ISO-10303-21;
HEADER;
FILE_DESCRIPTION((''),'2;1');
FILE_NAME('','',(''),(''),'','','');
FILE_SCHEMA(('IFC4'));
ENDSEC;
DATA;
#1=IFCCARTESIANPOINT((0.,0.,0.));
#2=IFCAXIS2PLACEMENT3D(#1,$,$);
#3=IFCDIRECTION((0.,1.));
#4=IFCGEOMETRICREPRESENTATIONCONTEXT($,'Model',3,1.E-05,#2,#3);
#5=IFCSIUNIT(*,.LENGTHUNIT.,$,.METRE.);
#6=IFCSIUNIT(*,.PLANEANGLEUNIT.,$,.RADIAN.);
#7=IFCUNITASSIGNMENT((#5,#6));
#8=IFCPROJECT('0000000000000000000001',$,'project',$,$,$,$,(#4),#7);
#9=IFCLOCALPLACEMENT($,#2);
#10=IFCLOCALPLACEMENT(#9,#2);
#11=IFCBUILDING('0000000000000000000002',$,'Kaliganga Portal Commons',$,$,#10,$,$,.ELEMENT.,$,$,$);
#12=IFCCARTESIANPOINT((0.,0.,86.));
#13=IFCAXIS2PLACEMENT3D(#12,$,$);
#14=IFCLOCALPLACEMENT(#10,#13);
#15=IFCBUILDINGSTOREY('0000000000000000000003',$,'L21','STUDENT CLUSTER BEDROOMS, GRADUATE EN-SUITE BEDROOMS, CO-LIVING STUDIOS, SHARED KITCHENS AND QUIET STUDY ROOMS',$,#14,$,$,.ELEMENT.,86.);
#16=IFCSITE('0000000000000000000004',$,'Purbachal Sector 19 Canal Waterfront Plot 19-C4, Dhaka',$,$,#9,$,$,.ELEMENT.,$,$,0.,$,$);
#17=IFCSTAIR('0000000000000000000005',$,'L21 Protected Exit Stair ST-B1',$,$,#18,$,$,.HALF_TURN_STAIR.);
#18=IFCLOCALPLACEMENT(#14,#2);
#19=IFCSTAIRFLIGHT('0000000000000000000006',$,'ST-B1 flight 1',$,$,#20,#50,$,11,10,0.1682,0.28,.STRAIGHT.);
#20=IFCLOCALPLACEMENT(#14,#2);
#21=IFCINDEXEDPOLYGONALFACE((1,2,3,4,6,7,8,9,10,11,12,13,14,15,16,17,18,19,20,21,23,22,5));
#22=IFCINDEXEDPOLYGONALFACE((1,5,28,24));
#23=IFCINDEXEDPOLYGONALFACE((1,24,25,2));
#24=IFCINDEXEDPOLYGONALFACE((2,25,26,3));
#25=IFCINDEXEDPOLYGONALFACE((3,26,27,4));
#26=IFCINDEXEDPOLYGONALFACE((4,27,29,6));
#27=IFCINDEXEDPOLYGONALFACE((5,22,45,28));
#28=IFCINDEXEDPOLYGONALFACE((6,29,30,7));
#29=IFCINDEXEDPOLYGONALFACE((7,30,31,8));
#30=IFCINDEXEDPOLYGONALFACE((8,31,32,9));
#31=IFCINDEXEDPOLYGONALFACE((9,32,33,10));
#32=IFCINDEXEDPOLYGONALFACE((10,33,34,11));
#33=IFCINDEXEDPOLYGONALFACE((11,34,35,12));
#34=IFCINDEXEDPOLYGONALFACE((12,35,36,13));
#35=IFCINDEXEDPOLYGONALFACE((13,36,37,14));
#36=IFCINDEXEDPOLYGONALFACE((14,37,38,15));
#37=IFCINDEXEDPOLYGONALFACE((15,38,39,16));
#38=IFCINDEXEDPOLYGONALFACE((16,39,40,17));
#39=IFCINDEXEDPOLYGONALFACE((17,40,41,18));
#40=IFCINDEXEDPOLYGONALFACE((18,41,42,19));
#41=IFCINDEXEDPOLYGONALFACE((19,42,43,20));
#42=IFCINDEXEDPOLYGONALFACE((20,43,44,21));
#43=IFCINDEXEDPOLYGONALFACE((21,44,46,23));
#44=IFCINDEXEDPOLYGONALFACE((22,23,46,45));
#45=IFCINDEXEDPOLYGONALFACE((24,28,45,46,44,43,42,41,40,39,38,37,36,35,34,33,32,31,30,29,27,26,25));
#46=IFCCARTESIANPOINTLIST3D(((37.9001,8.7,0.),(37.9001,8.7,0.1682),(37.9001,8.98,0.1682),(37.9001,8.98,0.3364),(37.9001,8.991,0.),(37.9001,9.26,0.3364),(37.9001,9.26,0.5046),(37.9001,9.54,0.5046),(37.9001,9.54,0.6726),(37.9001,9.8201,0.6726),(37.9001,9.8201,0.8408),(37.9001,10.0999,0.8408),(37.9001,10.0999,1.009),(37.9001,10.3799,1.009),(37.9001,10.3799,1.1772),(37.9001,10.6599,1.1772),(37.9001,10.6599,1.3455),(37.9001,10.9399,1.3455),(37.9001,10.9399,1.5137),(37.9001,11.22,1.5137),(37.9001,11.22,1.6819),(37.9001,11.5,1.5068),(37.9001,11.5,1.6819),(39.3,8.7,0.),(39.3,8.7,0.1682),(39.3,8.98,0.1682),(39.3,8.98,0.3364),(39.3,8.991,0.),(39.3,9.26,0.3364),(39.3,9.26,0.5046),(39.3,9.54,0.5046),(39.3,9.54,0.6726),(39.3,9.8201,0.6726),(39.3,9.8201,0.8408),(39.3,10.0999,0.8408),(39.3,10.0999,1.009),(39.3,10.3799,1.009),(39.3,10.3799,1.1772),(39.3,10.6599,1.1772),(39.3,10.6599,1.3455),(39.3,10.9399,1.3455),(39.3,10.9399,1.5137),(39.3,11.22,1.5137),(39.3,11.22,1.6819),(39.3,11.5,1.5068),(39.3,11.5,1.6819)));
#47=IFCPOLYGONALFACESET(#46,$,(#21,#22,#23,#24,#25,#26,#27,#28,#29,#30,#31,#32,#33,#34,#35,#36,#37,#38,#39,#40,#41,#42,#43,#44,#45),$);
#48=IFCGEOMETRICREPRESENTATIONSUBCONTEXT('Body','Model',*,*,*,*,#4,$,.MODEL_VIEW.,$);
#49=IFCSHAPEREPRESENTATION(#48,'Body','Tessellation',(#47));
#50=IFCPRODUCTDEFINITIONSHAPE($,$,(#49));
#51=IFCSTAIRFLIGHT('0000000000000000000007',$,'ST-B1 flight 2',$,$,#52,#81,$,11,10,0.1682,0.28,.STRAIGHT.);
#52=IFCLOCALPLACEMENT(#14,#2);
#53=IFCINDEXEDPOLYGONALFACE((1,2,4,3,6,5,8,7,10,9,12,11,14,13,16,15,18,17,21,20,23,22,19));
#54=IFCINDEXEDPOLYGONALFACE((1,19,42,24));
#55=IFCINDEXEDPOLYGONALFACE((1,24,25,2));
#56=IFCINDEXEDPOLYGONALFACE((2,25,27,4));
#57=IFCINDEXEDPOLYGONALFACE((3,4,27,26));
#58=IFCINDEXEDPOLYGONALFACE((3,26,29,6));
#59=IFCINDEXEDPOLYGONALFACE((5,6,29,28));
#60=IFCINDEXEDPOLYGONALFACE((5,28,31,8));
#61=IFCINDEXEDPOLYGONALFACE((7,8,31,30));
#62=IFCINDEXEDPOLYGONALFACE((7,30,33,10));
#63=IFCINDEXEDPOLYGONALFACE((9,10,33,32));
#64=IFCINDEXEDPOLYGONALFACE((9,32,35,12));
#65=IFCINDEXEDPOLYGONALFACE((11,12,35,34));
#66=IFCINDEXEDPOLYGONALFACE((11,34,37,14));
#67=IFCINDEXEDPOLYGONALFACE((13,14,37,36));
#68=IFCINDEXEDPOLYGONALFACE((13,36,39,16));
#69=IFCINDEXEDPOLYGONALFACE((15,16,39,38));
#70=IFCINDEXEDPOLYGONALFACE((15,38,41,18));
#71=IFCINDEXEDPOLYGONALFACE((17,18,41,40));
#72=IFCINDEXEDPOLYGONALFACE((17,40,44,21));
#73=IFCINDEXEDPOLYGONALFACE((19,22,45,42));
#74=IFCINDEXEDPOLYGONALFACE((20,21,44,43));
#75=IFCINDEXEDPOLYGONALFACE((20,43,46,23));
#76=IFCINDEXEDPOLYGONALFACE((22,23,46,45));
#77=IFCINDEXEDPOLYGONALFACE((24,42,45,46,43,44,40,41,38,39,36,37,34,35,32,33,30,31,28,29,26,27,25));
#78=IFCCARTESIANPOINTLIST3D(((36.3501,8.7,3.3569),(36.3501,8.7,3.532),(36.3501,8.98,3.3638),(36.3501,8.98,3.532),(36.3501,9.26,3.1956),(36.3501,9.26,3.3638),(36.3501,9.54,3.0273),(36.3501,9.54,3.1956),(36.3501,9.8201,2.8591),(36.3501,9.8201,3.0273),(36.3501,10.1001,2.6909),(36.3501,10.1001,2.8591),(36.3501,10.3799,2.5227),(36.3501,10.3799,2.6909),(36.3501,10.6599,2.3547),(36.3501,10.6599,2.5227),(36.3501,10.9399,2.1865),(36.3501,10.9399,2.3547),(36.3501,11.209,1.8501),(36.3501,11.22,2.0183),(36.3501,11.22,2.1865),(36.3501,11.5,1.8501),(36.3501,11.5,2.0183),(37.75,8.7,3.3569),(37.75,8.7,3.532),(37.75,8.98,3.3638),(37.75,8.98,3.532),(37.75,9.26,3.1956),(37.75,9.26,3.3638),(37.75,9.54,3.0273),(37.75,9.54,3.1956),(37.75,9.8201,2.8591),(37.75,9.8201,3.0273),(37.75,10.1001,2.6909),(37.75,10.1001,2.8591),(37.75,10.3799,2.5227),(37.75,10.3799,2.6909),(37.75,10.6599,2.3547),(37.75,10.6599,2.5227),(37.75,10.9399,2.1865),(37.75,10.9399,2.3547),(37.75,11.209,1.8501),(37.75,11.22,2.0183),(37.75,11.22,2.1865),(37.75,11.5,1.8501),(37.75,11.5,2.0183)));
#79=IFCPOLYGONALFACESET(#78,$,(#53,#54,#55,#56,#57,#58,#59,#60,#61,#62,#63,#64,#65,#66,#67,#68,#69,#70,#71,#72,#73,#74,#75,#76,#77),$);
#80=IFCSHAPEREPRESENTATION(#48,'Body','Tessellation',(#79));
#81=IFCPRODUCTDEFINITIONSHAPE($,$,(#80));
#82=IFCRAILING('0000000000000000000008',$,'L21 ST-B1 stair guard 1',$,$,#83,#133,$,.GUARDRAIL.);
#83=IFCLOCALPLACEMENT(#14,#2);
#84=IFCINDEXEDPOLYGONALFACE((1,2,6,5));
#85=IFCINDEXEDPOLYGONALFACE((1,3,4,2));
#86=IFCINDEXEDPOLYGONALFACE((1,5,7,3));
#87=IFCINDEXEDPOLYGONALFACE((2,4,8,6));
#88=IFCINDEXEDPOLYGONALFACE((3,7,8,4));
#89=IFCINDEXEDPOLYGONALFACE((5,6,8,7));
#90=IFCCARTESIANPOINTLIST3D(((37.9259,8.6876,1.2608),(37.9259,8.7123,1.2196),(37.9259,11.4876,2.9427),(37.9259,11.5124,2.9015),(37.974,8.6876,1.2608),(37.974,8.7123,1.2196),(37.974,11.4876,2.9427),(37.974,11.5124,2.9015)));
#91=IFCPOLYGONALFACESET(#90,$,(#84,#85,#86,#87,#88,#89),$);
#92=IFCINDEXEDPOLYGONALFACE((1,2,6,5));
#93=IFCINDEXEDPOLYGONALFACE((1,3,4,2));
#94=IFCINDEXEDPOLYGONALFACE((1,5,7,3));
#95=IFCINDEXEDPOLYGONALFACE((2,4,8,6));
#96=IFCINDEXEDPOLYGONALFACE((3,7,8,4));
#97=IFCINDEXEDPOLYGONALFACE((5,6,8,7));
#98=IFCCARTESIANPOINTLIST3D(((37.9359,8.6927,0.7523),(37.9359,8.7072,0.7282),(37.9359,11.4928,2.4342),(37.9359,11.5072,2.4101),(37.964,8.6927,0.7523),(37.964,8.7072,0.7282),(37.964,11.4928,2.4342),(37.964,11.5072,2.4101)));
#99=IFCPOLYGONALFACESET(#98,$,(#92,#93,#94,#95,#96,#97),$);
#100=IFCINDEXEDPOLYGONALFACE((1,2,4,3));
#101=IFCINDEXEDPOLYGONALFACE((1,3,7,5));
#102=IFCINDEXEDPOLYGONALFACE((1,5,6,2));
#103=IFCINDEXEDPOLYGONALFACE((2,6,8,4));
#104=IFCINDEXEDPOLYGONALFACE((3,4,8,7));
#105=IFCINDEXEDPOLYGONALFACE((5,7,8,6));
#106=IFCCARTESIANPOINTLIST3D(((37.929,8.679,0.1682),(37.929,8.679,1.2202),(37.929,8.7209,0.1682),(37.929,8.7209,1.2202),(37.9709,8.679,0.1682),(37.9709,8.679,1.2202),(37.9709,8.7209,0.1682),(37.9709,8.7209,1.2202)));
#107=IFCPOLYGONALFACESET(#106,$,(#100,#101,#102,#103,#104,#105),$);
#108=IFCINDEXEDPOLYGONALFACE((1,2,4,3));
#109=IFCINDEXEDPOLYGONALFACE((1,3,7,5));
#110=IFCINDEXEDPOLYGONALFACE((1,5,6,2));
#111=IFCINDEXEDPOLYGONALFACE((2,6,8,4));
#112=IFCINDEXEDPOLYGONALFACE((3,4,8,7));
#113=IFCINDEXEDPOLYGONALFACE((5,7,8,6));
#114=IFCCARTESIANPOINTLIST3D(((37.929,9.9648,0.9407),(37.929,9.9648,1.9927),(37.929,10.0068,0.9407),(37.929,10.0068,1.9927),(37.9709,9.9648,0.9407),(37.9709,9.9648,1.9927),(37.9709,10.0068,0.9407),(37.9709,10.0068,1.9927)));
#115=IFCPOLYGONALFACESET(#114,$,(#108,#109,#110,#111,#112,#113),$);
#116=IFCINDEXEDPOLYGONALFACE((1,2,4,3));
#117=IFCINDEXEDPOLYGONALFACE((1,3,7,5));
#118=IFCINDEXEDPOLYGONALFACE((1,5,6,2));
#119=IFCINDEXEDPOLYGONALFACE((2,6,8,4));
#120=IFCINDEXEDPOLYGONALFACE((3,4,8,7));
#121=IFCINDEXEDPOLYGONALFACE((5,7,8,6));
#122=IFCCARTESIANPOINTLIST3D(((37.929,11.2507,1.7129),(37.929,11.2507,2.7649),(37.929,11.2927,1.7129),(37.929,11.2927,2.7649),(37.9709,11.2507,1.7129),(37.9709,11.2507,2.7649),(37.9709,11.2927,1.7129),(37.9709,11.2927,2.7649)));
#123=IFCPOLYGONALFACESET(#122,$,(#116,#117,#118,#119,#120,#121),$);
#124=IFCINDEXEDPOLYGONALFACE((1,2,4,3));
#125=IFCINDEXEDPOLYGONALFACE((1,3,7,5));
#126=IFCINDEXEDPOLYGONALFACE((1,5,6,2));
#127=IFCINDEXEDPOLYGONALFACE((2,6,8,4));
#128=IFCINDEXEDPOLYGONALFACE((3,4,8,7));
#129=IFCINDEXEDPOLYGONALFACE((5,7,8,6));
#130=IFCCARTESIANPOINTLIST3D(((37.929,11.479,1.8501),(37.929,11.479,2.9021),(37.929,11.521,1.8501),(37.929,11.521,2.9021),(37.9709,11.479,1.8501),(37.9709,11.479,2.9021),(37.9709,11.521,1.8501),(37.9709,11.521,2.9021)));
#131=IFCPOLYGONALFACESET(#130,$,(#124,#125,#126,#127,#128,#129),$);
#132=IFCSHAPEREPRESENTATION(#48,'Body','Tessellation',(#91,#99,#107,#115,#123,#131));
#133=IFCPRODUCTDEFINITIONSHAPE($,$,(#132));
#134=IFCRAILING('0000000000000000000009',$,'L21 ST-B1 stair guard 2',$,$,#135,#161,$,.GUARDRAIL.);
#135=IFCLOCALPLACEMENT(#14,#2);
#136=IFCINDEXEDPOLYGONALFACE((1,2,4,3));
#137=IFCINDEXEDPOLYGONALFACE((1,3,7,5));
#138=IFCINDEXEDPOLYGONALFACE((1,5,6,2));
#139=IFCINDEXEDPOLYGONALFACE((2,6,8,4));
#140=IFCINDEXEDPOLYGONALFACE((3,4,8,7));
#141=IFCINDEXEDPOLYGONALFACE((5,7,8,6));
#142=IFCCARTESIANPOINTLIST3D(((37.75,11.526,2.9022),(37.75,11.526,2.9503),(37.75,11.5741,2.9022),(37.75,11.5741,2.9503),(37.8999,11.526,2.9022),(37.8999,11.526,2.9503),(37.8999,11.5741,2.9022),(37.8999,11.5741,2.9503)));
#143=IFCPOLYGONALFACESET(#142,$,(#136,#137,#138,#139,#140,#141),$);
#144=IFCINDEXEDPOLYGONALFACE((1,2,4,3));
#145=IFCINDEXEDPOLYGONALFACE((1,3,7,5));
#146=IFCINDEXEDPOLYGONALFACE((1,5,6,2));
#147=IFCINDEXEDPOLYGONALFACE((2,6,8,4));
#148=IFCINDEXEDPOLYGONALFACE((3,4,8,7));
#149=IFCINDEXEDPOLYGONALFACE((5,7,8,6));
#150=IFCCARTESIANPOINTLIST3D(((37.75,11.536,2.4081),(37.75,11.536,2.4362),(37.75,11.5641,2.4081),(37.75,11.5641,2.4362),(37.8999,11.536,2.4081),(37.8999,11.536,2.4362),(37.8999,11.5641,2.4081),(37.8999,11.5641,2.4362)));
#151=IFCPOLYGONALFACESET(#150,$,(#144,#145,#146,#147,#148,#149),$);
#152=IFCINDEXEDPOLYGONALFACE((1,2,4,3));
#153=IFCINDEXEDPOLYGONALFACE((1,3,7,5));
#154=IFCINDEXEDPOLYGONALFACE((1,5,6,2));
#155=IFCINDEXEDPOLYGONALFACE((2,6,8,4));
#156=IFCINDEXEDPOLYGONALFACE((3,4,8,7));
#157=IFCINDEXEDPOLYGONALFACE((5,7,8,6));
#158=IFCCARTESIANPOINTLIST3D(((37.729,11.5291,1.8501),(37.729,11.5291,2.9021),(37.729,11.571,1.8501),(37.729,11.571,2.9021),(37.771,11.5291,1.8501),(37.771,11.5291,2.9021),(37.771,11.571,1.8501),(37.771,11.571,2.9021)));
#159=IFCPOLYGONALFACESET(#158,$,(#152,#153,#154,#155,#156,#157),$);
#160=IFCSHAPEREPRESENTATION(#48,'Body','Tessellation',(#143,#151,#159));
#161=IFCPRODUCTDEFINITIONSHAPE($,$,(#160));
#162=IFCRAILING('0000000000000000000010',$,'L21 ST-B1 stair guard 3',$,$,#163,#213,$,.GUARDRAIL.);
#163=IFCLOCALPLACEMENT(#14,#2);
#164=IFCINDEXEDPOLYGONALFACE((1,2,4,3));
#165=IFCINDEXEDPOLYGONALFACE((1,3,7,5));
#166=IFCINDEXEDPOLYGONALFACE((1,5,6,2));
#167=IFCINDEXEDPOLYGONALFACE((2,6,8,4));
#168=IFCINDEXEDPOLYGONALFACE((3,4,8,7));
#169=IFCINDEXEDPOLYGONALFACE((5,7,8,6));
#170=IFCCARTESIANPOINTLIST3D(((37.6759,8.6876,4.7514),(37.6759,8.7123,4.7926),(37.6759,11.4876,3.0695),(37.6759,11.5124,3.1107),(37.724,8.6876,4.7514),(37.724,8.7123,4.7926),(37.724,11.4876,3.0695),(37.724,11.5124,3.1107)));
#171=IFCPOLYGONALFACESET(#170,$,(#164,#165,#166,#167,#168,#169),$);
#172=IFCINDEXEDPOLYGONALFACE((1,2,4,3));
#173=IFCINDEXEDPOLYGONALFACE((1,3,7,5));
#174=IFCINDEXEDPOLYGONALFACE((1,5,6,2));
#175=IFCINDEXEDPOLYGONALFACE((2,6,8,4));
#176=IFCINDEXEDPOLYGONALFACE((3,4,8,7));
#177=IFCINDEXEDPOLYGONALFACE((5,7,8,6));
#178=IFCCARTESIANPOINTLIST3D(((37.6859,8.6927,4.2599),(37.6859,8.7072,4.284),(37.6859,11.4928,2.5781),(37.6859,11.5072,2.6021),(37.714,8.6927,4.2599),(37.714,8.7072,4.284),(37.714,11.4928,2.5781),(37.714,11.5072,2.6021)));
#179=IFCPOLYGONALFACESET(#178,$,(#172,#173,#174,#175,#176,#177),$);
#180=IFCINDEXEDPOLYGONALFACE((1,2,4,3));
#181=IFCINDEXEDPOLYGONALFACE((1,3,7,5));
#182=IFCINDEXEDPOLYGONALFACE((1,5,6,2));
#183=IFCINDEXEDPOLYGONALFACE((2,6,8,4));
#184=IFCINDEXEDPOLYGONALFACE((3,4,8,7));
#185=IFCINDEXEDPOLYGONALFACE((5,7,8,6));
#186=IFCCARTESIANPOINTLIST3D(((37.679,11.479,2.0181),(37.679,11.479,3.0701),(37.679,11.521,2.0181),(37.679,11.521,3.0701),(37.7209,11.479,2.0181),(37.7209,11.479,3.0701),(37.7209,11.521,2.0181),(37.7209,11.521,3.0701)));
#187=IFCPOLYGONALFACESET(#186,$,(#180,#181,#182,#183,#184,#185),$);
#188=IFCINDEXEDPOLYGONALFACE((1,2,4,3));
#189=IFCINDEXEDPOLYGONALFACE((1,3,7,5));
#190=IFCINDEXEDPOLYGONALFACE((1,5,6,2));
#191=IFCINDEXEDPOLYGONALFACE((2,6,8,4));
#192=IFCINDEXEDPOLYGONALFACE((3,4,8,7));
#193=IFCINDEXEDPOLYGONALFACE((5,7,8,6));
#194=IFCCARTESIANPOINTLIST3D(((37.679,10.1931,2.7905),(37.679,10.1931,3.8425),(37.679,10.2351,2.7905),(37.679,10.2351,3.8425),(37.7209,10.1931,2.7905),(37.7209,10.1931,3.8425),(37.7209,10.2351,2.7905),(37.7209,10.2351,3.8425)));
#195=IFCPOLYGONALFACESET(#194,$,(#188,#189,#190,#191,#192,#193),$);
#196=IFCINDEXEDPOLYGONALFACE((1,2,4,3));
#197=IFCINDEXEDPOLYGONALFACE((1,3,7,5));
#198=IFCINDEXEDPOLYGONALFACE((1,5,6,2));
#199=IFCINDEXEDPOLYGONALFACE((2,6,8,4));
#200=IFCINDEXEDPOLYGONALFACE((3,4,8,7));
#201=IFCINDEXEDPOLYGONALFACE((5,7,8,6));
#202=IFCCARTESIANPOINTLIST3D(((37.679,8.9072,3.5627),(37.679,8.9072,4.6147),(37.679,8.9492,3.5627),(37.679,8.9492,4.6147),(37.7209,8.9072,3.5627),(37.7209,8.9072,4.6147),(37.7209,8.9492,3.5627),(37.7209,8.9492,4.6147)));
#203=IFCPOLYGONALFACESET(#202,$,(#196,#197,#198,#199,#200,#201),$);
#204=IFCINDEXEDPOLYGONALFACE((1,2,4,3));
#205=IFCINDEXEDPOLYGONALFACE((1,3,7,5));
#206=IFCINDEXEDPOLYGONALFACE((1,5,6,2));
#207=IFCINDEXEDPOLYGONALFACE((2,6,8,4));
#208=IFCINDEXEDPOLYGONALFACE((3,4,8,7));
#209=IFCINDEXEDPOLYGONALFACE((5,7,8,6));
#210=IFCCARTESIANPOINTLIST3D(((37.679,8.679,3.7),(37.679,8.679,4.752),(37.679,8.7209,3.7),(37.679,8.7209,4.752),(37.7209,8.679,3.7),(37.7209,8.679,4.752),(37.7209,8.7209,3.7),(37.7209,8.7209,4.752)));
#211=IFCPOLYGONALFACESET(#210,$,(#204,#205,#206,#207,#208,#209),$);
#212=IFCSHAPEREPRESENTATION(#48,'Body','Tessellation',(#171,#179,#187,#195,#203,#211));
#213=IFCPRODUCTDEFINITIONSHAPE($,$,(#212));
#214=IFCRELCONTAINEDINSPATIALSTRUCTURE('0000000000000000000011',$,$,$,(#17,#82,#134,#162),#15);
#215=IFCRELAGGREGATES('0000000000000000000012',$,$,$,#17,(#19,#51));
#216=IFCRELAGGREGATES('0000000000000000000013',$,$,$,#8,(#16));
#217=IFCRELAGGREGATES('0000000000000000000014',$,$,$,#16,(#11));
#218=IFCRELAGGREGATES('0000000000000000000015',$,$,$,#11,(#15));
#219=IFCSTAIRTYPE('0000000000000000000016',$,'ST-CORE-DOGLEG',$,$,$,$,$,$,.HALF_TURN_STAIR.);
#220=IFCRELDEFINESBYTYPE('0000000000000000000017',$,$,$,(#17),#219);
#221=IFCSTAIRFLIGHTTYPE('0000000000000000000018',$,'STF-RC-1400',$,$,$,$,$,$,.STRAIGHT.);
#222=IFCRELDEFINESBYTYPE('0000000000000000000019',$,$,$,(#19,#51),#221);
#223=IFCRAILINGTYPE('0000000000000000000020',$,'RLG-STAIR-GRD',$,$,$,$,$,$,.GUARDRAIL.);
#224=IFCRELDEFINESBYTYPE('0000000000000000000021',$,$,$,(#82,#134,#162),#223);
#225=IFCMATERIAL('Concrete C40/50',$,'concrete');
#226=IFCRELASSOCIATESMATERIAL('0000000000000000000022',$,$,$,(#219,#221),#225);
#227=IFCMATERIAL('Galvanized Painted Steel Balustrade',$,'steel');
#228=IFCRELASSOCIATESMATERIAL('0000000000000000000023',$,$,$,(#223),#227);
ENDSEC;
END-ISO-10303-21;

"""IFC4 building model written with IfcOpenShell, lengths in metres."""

from ifc_helpers import new_model, si_unit, direction, frame, origin, origin_2d, place, context, subcontext, project, spatial, polyline, rectangle, outline, extrude, material, type_object, element, aggregate, save


model = new_model("IFC4")

# Units and contexts
model_context = context("Model", 3, precision=1e-05, world=origin(), true_north=direction((0.0, 1.0)))
body_context = subcontext(model_context, "Body", "Model", "MODEL_VIEW")
ifc_project = project(units=[si_unit("LENGTHUNIT", "METRE"), si_unit("PLANEANGLEUNIT", "RADIAN")], contexts=[model_context])

# Site, building, storey
site_placement = place(None, origin())
site = spatial("IfcSite", under=ifc_project, at=site_placement, Name="Purbachal Sector 19 Canal Waterfront Plot 19-C4, Dhaka", CompositionType="ELEMENT", RefElevation=0.0)
building_placement = place(site_placement, origin())
building = spatial("IfcBuilding", under=site, at=building_placement, Name="Kaliganga Portal Commons", CompositionType="ELEMENT")
storey_placement = place(building_placement, frame((0.0, 0.0, 86.0)))
storey = spatial("IfcBuildingStorey", under=building, at=storey_placement, Name="L21", Description="STUDENT CLUSTER BEDROOMS, GRADUATE EN-SUITE BEDROOMS, CO-LIVING STUDIOS, SHARED KITCHENS AND QUIET STUDY ROOMS", CompositionType="ELEMENT", Elevation=86.0)

# Stair, stair flights
ifc_material_1 = material(Name="Concrete C40/50", Category="concrete")
stair_type = type_object("IfcStairType", Name="ST-CORE-DOGLEG", PredefinedType="HALF_TURN_STAIR", material=ifc_material_1)
stair_placement = place(storey_placement, origin())
stair = element("IfcStair", 1, at=stair_placement, inside=storey, type_object=stair_type, Name="L21 Protected Exit Stair ST-B1", PredefinedType="HALF_TURN_STAIR")
stair_flight_type = type_object("IfcStairFlightType", Name="STF-RC-1400", PredefinedType="STRAIGHT", material=ifc_material_1)
stair_flight_1_placement = place(storey_placement, frame((38.6001, 8.7, 0.0), z_axis=(0.0, 0.0, 1.0), x_axis=(0.0, 1.0, 0.0)))
stair_flight_1 = element("IfcStairFlight", 2, at=stair_flight_1_placement, type_object=stair_flight_type, Name="ST-B1 flight 1", NumberOfRisers=11, NumberOfTreads=10, PredefinedType="STRAIGHT", RiserHeight=0.1682, TreadLength=0.28, context=body_context, shape_type="SweptSolid", body=[
    extrude(outline(polyline([(0.0, 0.0), (0.0, 0.1682), (0.28, 0.1682), (0.28, 0.3364), (0.5601, 0.3364), (0.5601, 0.5046), (0.8401, 0.5046), (0.8401, 0.6726), (1.1201, 0.6726), (1.1201, 0.8408), (1.3999, 0.8408), (1.3999, 1.009), (1.6799, 1.009), (1.6799, 1.1772), (1.96, 1.1772), (1.96, 1.3455), (2.24, 1.3455), (2.24, 1.5137), (2.52, 1.5137), (2.52, 1.6819), (2.8, 1.6819), (2.8, 1.8501), (2.8, 1.5068), (0.291, 0.0), (0.0, 0.0)])), frame((0.0, 0.7, 0.0), z_axis=(0.0, -1.0, 0.0), x_axis=(1.0, 0.0, 0.0)), (0.0, 0.0, 1.0), 1.3999),
])
stair_flight_2_placement = place(storey_placement, frame((37.05, 11.5, 1.8501), z_axis=(0.0, 0.0, 1.0), x_axis=(0.0, -1.0, 0.0)))
stair_flight_2 = element("IfcStairFlight", 3, at=stair_flight_2_placement, type_object=stair_flight_type, Name="ST-B1 flight 2", NumberOfRisers=11, NumberOfTreads=10, PredefinedType="STRAIGHT", RiserHeight=0.1682, TreadLength=0.28, context=body_context, shape_type="SweptSolid", body=[
    extrude(outline(polyline([(0.0, 0.0), (0.0, 0.1682), (0.28, 0.1682), (0.28, 0.3364), (0.5601, 0.3364), (0.5601, 0.5046), (0.8401, 0.5046), (0.8401, 0.6726), (1.1201, 0.6726), (1.1201, 0.8408), (1.3999, 0.8408), (1.3999, 1.009), (1.6799, 1.009), (1.6799, 1.1772), (1.96, 1.1772), (1.96, 1.3455), (2.24, 1.3455), (2.24, 1.5137), (2.52, 1.5137), (2.52, 1.6819), (2.8, 1.6819), (2.8, 1.8501), (2.8, 1.5068), (0.291, 0.0), (0.0, 0.0)])), frame((0.0, 0.7, 0.0), z_axis=(0.0, -1.0, 0.0), x_axis=(1.0, 0.0, 0.0)), (0.0, 0.0, 1.0), 1.3999),
])
aggregate(stair, [stair_flight_1, stair_flight_2])

# Railings
ifc_material_2 = material(Name="Galvanized Painted Steel Balustrade", Category="steel")
railing_type_1 = type_object("IfcRailingType", Name="RLG-STAIR-GRD", PredefinedType="GUARDRAIL", material=ifc_material_2)
railing_1_placement = place(storey_placement, frame((37.95, 8.7, 0.1682)))
element("IfcRailing", 4, at=railing_1_placement, inside=storey, type_object=railing_type_1, Name="L21 ST-B1 stair guard 1", PredefinedType="GUARDRAIL", context=body_context, shape_type="SweptSolid", body=[
    extrude(rectangle(XDim=0.0481, YDim=0.0481, at=origin_2d()), frame((0.0, 0.0, 1.072), z_axis=(0.0, 0.857242, 0.514913), x_axis=(-1.0, 0.0, 0.0)), (0.0, 0.0, 1.0), 3.2664),
    extrude(rectangle(XDim=0.0281, YDim=0.0281, at=origin_2d()), frame((0.0, 0.0, 0.572), z_axis=(0.0, 0.857242, 0.514913), x_axis=(-1.0, 0.0, 0.0)), (0.0, 0.0, 1.0), 3.2664),
    extrude(rectangle(XDim=0.042, YDim=0.042, at=origin_2d()), origin(), (0.0, 0.0, 1.0), 1.052),
    extrude(rectangle(XDim=0.042, YDim=0.042, at=origin_2d()), frame((0.0, 1.2859, 0.7725)), (0.0, 0.0, 1.0), 1.052),
    extrude(rectangle(XDim=0.042, YDim=0.042, at=origin_2d()), frame((0.0, 2.5718, 1.5447)), (0.0, 0.0, 1.0), 1.052),
    extrude(rectangle(XDim=0.042, YDim=0.042, at=origin_2d()), frame((0.0, 2.8, 1.6819)), (0.0, 0.0, 1.0), 1.052),
])
railing_2_placement = place(storey_placement, frame((37.8999, 11.55, 1.8501)))
element("IfcRailing", 5, at=railing_2_placement, inside=storey, type_object=railing_type_1, Name="L21 ST-B1 stair guard 2", PredefinedType="GUARDRAIL", context=body_context, shape_type="SweptSolid", body=[
    extrude(rectangle(XDim=0.0481, YDim=0.0481, at=origin_2d()), frame((0.0, 0.0, 1.0762), z_axis=(-1.0, 0.0, 0.0), x_axis=(0.0, -1.0, 0.0)), (0.0, 0.0, 1.0), 0.1499),
    extrude(rectangle(XDim=0.0281, YDim=0.0281, at=origin_2d()), frame((0.0, 0.0, 0.572), z_axis=(-1.0, 0.0, 0.0), x_axis=(0.0, -1.0, 0.0)), (0.0, 0.0, 1.0), 0.1499),
    extrude(rectangle(XDim=0.042, YDim=0.042, at=origin_2d()), frame((-0.1499, 0.0, 0.0)), (0.0, 0.0, 1.0), 1.052),
])
railing_3_placement = place(storey_placement, frame((37.7, 11.5, 2.0181)))
element("IfcRailing", 6, at=railing_3_placement, inside=storey, type_object=railing_type_1, Name="L21 ST-B1 stair guard 3", PredefinedType="GUARDRAIL", context=body_context, shape_type="SweptSolid", body=[
    extrude(rectangle(XDim=0.0481, YDim=0.0481, at=origin_2d()), frame((0.0, 0.0, 1.072), z_axis=(0.0, -0.857242, 0.514913), x_axis=(1.0, 0.0, 0.0)), (0.0, 0.0, 1.0), 3.2664),
    extrude(rectangle(XDim=0.0281, YDim=0.0281, at=origin_2d()), frame((0.0, 0.0, 0.572), z_axis=(0.0, -0.857242, 0.514913), x_axis=(1.0, 0.0, 0.0)), (0.0, 0.0, 1.0), 3.2664),
    extrude(rectangle(XDim=0.042, YDim=0.042, at=origin_2d()), origin(), (0.0, 0.0, 1.0), 1.052),
    extrude(rectangle(XDim=0.042, YDim=0.042, at=origin_2d()), frame((0.0, -1.2859, 0.7725)), (0.0, 0.0, 1.0), 1.052),
    extrude(rectangle(XDim=0.042, YDim=0.042, at=origin_2d()), frame((0.0, -2.5718, 1.5447)), (0.0, 0.0, 1.0), 1.052),
    extrude(rectangle(XDim=0.042, YDim=0.042, at=origin_2d()), frame((0.0, -2.8, 1.6819)), (0.0, 0.0, 1.0), 1.052),
])

save(model, "model.ifc")
